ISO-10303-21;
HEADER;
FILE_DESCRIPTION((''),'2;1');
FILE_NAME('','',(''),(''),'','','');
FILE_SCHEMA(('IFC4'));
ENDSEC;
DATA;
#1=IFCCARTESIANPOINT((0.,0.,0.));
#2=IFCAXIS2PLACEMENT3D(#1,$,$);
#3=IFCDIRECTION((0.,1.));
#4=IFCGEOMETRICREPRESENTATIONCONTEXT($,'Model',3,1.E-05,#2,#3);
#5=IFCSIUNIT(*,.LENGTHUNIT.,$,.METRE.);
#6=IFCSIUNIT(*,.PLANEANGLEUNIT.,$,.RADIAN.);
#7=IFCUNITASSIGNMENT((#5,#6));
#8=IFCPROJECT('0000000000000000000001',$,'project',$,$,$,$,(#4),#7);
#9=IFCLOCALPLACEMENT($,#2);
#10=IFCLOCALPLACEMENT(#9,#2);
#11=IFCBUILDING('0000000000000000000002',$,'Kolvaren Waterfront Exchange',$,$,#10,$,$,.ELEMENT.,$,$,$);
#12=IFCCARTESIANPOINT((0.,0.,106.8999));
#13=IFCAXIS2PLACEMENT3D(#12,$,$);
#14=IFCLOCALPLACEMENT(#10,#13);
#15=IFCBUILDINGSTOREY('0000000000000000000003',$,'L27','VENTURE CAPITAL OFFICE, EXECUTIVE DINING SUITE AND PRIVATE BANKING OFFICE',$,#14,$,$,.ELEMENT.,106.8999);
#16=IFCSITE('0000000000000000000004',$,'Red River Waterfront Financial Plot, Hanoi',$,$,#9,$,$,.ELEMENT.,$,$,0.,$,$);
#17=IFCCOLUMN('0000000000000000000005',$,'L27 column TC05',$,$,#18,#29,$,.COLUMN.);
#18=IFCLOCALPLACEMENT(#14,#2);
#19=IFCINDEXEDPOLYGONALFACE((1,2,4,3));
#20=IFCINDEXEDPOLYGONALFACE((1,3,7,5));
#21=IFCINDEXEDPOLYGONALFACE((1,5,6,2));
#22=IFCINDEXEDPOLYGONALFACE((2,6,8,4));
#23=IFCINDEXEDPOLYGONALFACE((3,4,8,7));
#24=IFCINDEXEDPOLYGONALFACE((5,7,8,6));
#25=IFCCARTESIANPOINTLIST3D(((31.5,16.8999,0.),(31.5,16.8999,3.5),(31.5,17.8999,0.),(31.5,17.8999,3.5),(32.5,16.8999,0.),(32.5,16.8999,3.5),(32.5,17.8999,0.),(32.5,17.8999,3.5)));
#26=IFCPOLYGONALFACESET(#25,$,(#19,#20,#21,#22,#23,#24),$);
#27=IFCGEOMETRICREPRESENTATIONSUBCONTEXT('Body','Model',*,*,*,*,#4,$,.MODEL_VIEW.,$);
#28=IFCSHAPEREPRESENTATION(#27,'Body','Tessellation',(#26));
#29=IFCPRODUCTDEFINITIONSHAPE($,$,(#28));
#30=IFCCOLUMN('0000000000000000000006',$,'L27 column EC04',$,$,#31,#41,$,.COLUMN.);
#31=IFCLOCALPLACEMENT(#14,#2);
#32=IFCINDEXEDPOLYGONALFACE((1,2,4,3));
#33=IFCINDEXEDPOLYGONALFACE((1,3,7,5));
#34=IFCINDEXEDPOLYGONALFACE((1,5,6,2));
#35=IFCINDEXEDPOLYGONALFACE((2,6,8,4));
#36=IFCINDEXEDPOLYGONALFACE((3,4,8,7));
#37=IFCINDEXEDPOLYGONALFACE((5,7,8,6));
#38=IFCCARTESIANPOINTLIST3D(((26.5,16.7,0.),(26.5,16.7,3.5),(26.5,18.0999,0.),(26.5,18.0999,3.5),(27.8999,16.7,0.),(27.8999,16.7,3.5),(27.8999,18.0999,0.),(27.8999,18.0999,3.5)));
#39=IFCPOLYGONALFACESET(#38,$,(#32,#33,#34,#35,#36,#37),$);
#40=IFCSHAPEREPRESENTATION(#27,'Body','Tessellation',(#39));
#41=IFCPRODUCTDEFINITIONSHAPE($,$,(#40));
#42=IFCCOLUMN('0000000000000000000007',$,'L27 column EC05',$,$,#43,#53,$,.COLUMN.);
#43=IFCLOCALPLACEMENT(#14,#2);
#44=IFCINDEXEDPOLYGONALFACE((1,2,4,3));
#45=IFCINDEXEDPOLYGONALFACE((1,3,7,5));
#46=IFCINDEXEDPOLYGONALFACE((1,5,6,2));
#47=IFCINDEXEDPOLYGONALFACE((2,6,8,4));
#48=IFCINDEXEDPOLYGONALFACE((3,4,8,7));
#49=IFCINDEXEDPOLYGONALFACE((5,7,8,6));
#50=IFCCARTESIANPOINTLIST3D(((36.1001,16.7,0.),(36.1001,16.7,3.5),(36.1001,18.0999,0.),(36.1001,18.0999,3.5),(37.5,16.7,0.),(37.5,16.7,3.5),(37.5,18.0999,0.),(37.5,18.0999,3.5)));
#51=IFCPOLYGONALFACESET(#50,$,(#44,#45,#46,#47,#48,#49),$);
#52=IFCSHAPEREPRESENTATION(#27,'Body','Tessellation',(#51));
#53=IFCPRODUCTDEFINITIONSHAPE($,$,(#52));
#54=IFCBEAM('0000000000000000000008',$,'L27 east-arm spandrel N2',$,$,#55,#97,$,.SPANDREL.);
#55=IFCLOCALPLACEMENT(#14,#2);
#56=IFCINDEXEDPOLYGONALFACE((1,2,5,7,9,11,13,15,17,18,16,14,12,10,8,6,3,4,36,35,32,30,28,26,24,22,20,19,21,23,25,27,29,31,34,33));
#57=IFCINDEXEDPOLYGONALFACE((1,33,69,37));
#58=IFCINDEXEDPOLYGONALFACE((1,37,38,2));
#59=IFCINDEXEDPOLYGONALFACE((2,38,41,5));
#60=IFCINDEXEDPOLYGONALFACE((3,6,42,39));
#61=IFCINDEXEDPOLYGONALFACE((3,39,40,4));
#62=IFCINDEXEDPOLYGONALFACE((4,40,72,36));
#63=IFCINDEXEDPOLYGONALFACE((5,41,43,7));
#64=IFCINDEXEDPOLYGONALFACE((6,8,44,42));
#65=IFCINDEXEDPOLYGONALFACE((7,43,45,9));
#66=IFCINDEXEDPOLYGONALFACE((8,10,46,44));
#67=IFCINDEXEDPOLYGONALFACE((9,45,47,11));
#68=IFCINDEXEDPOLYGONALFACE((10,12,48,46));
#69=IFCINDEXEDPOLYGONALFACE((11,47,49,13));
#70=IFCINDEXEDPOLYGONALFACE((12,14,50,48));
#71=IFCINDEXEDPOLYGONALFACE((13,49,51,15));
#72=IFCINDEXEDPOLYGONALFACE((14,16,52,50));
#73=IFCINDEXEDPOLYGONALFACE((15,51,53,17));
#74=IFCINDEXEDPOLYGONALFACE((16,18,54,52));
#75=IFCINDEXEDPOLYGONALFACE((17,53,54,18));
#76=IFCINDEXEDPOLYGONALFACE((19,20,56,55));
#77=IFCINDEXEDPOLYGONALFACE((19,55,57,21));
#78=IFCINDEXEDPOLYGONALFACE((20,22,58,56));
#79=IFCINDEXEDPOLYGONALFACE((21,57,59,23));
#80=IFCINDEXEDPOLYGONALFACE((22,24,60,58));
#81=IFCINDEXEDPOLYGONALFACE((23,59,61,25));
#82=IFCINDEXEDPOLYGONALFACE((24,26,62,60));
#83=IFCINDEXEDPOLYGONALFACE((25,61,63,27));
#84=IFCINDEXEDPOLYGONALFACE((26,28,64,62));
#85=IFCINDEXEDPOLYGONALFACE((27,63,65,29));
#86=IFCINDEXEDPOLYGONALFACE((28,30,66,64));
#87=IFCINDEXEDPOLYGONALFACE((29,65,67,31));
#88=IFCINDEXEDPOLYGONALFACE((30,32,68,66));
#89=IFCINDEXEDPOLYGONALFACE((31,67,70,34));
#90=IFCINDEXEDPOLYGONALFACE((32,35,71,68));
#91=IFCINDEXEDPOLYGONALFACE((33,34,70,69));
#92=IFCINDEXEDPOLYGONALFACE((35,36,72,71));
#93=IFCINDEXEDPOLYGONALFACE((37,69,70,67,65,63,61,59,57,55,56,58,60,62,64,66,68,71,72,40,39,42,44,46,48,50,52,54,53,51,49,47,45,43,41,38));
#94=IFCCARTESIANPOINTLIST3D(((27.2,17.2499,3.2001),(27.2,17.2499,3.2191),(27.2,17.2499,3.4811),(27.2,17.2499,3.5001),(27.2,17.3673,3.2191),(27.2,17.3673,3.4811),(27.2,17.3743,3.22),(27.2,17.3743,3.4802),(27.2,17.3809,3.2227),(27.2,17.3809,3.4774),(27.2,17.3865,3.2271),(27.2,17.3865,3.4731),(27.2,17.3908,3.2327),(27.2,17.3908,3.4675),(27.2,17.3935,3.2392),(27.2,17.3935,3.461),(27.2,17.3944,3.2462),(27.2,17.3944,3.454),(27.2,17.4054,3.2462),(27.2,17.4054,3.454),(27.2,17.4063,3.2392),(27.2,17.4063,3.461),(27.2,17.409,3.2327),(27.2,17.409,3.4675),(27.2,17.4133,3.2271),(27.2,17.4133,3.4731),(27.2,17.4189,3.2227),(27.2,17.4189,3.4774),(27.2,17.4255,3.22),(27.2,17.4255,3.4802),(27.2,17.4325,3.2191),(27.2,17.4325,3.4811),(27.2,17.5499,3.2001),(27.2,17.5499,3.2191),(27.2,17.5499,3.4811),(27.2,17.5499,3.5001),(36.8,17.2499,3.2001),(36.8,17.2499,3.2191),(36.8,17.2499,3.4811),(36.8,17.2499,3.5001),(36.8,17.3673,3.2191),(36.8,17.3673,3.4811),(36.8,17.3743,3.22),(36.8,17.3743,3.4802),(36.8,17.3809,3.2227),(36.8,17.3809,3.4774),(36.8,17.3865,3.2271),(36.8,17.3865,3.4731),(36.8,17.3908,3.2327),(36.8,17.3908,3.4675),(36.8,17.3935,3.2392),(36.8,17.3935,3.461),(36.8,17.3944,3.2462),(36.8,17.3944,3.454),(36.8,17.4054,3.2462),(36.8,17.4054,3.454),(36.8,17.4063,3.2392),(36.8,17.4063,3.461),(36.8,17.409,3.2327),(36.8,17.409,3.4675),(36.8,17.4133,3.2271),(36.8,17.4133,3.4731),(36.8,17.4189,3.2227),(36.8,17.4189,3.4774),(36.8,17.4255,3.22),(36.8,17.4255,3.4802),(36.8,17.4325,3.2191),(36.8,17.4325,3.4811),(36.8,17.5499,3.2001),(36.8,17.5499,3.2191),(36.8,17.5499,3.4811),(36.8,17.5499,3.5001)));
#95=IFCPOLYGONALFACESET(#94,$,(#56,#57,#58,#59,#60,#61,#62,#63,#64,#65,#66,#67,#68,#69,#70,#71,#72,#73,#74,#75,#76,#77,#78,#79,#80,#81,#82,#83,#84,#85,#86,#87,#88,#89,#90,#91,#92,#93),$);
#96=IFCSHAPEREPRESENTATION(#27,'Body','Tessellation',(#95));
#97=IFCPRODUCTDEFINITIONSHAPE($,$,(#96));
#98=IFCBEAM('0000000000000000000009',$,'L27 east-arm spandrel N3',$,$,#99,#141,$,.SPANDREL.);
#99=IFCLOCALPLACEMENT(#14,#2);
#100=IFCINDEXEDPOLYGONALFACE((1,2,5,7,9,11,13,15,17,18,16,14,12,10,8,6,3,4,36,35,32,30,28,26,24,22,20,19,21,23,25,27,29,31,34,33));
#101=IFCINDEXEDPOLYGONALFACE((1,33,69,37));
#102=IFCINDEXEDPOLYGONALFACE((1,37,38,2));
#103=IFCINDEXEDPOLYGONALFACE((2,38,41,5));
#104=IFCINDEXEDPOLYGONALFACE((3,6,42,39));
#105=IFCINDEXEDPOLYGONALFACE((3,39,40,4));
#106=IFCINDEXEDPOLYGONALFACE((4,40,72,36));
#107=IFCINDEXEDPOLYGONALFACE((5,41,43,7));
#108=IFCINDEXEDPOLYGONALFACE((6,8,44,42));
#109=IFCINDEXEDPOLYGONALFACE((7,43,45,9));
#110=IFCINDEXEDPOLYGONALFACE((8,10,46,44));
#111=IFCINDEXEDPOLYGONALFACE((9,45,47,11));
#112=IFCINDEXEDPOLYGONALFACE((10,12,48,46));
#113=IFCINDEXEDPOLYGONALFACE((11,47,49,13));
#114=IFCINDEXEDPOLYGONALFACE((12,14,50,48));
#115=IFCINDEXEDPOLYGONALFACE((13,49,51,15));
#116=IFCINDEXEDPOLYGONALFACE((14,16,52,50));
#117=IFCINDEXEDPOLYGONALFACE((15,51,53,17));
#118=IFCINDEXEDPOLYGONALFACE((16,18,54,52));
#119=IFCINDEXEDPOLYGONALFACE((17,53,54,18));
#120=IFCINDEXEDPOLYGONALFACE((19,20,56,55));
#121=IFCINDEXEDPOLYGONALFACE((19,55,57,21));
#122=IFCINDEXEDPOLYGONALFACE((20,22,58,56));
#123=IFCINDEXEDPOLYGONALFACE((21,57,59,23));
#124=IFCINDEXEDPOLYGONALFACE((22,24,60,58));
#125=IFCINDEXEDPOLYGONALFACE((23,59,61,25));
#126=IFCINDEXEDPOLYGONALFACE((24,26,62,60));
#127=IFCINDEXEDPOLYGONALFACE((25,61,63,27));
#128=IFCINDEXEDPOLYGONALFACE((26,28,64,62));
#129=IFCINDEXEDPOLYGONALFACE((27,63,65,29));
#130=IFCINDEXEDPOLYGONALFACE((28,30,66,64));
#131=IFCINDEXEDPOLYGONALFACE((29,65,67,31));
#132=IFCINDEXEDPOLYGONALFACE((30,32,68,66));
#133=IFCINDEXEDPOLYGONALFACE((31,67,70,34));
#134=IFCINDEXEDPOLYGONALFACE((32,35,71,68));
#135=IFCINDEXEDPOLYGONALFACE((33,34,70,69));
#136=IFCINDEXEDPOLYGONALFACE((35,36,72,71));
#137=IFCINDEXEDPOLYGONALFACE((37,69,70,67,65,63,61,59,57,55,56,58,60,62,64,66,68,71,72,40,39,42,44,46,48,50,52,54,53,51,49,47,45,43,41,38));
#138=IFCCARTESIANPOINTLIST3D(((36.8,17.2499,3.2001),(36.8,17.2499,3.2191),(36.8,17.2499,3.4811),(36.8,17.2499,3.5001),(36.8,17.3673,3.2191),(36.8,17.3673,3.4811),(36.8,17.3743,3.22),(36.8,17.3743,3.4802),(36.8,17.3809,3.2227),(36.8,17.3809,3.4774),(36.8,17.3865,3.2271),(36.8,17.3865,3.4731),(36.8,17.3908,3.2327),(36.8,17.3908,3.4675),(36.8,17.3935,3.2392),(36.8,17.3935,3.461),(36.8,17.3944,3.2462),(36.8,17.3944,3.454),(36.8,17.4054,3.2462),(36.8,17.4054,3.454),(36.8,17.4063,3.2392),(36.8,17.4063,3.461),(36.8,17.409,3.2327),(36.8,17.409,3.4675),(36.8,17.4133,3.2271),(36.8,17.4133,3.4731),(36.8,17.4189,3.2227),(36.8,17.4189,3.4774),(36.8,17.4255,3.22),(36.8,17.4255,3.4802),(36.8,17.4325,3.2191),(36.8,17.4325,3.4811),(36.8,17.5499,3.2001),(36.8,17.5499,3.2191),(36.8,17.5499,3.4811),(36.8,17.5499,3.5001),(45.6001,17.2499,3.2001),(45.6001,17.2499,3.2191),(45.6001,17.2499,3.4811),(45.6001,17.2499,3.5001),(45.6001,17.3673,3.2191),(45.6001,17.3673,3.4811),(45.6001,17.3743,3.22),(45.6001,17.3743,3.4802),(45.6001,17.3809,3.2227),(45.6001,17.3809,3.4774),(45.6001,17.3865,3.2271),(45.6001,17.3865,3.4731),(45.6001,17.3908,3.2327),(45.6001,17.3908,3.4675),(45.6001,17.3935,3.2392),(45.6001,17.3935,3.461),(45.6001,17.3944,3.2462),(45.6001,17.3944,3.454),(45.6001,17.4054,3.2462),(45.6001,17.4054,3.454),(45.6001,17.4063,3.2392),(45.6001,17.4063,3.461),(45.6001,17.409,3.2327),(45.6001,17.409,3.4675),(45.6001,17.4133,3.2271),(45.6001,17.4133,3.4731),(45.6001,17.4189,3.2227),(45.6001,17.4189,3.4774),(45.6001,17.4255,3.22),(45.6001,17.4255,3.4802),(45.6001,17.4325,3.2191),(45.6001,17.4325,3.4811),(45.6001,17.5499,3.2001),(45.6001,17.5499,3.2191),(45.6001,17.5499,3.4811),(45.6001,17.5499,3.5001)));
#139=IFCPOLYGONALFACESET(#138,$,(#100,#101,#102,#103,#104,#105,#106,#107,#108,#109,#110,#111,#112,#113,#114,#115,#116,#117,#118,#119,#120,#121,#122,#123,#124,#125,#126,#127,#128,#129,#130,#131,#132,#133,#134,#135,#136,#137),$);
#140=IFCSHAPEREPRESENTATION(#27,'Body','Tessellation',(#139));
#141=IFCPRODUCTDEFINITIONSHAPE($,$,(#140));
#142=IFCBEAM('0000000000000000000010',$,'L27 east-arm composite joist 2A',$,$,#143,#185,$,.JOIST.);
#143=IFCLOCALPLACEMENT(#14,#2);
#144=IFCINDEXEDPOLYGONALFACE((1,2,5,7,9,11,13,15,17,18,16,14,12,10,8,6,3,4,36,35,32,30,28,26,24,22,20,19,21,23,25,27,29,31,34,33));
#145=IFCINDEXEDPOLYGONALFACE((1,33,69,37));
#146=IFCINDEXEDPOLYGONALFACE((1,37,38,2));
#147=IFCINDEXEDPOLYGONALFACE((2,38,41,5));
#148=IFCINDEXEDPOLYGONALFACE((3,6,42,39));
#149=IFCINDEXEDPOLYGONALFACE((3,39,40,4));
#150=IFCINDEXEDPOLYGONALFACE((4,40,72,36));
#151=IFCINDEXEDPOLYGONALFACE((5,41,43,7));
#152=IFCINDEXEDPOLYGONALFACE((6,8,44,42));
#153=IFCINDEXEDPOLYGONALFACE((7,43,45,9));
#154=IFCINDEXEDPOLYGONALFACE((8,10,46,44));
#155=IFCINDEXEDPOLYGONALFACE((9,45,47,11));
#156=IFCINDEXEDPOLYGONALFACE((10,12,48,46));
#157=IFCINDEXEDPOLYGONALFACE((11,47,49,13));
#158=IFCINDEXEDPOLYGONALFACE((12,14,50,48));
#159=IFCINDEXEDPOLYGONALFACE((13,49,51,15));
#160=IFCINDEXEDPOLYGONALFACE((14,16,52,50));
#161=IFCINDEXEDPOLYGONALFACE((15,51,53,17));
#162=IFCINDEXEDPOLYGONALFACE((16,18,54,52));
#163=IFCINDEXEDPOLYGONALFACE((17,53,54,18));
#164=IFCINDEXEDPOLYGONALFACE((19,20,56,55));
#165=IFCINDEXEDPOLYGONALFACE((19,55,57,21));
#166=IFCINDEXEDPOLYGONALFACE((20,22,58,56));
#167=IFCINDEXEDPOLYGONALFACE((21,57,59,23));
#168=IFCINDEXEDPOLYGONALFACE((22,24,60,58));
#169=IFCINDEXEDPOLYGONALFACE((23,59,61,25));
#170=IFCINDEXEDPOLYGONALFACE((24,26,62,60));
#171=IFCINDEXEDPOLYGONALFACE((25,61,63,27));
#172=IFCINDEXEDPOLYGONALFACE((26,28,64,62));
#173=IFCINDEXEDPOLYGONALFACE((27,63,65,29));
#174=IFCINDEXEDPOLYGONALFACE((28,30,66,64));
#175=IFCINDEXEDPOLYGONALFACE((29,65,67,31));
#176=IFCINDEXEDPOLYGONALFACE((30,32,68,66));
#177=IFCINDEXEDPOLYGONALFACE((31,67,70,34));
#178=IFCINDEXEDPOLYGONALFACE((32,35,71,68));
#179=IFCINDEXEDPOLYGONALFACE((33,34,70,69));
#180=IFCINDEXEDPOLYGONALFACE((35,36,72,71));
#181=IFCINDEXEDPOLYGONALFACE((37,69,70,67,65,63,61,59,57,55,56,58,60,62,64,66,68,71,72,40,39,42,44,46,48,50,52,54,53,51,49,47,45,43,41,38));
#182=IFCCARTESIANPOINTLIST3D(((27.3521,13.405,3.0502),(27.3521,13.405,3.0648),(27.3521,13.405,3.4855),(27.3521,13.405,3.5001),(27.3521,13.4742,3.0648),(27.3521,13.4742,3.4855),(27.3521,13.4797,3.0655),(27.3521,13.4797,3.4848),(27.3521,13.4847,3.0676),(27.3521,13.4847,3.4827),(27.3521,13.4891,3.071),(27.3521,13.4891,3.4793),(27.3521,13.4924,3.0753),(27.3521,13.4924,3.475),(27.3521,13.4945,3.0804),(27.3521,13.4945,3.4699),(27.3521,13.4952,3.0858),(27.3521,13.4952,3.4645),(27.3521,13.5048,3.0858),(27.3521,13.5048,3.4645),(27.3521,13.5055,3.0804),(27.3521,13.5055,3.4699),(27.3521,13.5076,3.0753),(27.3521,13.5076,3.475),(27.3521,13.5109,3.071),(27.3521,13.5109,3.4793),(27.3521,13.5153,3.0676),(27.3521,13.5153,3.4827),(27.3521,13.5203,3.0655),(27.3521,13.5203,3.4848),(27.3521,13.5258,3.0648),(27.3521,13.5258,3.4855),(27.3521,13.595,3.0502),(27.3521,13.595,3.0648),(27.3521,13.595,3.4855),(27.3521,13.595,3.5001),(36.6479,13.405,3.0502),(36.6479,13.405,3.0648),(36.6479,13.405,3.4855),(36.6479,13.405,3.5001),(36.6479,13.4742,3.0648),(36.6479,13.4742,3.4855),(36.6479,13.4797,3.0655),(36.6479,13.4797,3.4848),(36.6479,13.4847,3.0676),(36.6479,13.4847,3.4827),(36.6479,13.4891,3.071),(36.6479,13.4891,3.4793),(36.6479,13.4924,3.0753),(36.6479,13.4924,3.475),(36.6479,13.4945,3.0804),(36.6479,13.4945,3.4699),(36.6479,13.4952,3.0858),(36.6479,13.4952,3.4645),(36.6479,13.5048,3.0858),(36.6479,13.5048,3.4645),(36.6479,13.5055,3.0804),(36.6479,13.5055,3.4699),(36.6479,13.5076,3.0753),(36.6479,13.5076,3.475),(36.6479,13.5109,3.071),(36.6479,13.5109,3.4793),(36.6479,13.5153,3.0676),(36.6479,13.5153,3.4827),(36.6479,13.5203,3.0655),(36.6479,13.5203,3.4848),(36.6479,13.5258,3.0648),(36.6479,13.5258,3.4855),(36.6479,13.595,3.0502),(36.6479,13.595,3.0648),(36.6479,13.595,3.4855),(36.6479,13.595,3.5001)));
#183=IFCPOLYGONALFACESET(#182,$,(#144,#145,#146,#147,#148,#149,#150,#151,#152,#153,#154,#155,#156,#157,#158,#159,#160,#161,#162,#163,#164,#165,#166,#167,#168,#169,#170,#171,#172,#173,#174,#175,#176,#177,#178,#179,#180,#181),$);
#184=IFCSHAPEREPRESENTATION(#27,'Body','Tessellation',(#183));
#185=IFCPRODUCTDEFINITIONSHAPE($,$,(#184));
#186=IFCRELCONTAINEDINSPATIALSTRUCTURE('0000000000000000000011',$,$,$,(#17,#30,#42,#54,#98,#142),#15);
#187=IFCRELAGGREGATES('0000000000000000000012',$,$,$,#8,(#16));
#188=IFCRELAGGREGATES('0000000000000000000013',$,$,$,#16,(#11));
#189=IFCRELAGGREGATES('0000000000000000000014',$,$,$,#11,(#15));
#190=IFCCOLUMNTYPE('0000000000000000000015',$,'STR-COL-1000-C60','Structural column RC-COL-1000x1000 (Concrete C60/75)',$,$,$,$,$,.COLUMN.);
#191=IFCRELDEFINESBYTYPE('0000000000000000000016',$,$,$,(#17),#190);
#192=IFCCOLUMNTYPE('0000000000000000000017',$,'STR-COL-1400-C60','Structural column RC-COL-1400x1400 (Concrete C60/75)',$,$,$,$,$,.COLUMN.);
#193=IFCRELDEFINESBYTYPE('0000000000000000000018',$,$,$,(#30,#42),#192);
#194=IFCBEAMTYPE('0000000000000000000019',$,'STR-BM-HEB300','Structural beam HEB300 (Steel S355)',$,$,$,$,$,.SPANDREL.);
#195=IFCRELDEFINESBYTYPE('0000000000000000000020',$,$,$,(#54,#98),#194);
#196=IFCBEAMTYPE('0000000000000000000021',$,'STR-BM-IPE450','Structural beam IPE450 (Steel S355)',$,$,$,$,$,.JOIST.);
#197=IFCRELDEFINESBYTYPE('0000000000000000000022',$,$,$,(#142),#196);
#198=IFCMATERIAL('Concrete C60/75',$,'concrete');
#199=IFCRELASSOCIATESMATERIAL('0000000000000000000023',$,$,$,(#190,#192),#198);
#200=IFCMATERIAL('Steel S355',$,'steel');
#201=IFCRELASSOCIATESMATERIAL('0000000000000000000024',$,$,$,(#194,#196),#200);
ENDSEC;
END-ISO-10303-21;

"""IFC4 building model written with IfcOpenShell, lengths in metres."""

from ifc_helpers import new_model, si_unit, direction, frame, origin, origin_2d, place, context, subcontext, project, spatial, rectangle, i_section, extrude, material, material_profile, profile_set, type_object, element, save


model = new_model("IFC4")

# Units and contexts
model_context = context("Model", 3, precision=1e-05, world=origin(), true_north=direction((0.0, 1.0)))
body_context = subcontext(model_context, "Body", "Model", "MODEL_VIEW")
ifc_project = project(units=[si_unit("LENGTHUNIT", "METRE"), si_unit("PLANEANGLEUNIT", "RADIAN")], contexts=[model_context])

# Site, building, storey
site_placement = place(None, origin())
site = spatial("IfcSite", under=ifc_project, at=site_placement, Name="Red River Waterfront Financial Plot, Hanoi", CompositionType="ELEMENT", RefElevation=0.0)
building_placement = place(site_placement, origin())
building = spatial("IfcBuilding", under=site, at=building_placement, Name="Kolvaren Waterfront Exchange", CompositionType="ELEMENT")
storey_placement = place(building_placement, frame((0.0, 0.0, 106.8999)))
storey = spatial("IfcBuildingStorey", under=building, at=storey_placement, Name="L27", Description="VENTURE CAPITAL OFFICE, EXECUTIVE DINING SUITE AND PRIVATE BANKING OFFICE", CompositionType="ELEMENT", Elevation=106.8999)

# Columns
ifc_material_1 = material(Name="Concrete C60/75", Category="concrete")
ifc_material_profile_1 = material_profile(ifc_material_1, rectangle(XDim=1.0, YDim=1.0, at=origin_2d()), Name="RC-COL-1000x1000")
ifc_profile_set_1 = profile_set([ifc_material_profile_1], Name="Concrete C60/75")
column_type_1 = type_object("IfcColumnType", Name="STR-COL-1000-C60", Description="Structural column RC-COL-1000x1000 (Concrete C60/75)", PredefinedType="COLUMN", material=ifc_profile_set_1)
column_placement = place(storey_placement, frame((32.0, 17.3999, 0.0), z_axis=(0.0, 0.0, 1.0), x_axis=(1.0, 0.0, 0.0)))
element("IfcColumn", 1, at=column_placement, inside=storey, type_object=column_type_1, Name="L27 column TC05", PredefinedType="COLUMN", context=body_context, shape_type="SweptSolid", body=[
    extrude(rectangle(XDim=1.0, YDim=1.0, at=origin_2d()), origin(), (0.0, 0.0, 1.0), 3.5),
])
ifc_material_profile_2 = material_profile(ifc_material_1, rectangle(XDim=1.3999, YDim=1.3999, at=origin_2d()), Name="RC-COL-1400x1400")
ifc_profile_set_2 = profile_set([ifc_material_profile_2], Name="Concrete C60/75")
column_type_2 = type_object("IfcColumnType", Name="STR-COL-1400-C60", Description="Structural column RC-COL-1400x1400 (Concrete C60/75)", PredefinedType="COLUMN", material=ifc_profile_set_2)
for number, where, z_axis, x_axis, name in (
    (2, (27.2, 17.3999, 0.0), (0.0, 0.0, 1.0), (1.0, 0.0, 0.0), "L27 column EC04"),
    (3, (36.8, 17.3999, 0.0), (0.0, 0.0, 1.0), (1.0, 0.0, 0.0), "L27 column EC05"),
):
    element("IfcColumn", number, at=place(storey_placement, frame(where, z_axis=z_axis, x_axis=x_axis)), inside=storey, type_object=column_type_2, Name=name, PredefinedType="COLUMN", context=body_context, shape_type="SweptSolid", body=[
        extrude(rectangle(XDim=1.3999, YDim=1.3999, at=origin_2d()), origin(), (0.0, 0.0, 1.0), 3.5),
    ])

# Beams
ifc_material_2 = material(Name="Steel S355", Category="steel")
ifc_material_profile_3 = material_profile(ifc_material_2, i_section(OverallWidth=0.3, OverallDepth=0.3, WebThickness=0.011, FlangeThickness=0.019, FilletRadius=0.0271, at=origin_2d()), Name="HEB300")
ifc_profile_set_3 = profile_set([ifc_material_profile_3], Name="Steel S355")
beam_type_1 = type_object("IfcBeamType", Name="STR-BM-HEB300", Description="Structural beam HEB300 (Steel S355)", PredefinedType="SPANDREL", material=ifc_profile_set_3)
beam_1_placement = place(storey_placement, frame((27.2, 17.3999, 3.3501), z_axis=(1.0, 0.0, 0.0), x_axis=(0.0, 1.0, 0.0)))
element("IfcBeam", 4, at=beam_1_placement, inside=storey, type_object=beam_type_1, Name="L27 east-arm spandrel N2", PredefinedType="SPANDREL", context=body_context, shape_type="SweptSolid", body=[
    extrude(i_section(OverallWidth=0.3, OverallDepth=0.3, WebThickness=0.011, FlangeThickness=0.019, FilletRadius=0.0271, at=origin_2d()), origin(), (0.0, 0.0, 1.0), 9.6001),
])
beam_2_placement = place(storey_placement, frame((36.8, 17.3999, 3.3501), z_axis=(1.0, 0.0, 0.0), x_axis=(0.0, 1.0, 0.0)))
element("IfcBeam", 5, at=beam_2_placement, inside=storey, type_object=beam_type_1, Name="L27 east-arm spandrel N3", PredefinedType="SPANDREL", context=body_context, shape_type="SweptSolid", body=[
    extrude(i_section(OverallWidth=0.3, OverallDepth=0.3, WebThickness=0.011, FlangeThickness=0.019, FilletRadius=0.0271, at=origin_2d()), origin(), (0.0, 0.0, 1.0), 8.8),
])
ifc_material_profile_4 = material_profile(ifc_material_2, i_section(OverallWidth=0.1899, OverallDepth=0.45, WebThickness=0.0095, FlangeThickness=0.0146, FilletRadius=0.021, at=origin_2d()), Name="IPE450")
ifc_profile_set_4 = profile_set([ifc_material_profile_4], Name="Steel S355")
beam_type_2 = type_object("IfcBeamType", Name="STR-BM-IPE450", Description="Structural beam IPE450 (Steel S355)", PredefinedType="JOIST", material=ifc_profile_set_4)
for number, where, z_axis, x_axis, name in (
    (6, (27.3521, 13.5, 3.2751), (1.0, 0.0, 0.0), (0.0, 1.0, 0.0), "L27 east-arm composite joist 2A"),
):
    element("IfcBeam", number, at=place(storey_placement, frame(where, z_axis=z_axis, x_axis=x_axis)), inside=storey, type_object=beam_type_2, Name=name, PredefinedType="JOIST", context=body_context, shape_type="SweptSolid", body=[
        extrude(i_section(OverallWidth=0.1899, OverallDepth=0.45, WebThickness=0.0095, FlangeThickness=0.0146, FilletRadius=0.021, at=origin_2d()), origin(), (0.0, 0.0, 1.0), 9.2959),
    ])

save(model, "model.ifc")
